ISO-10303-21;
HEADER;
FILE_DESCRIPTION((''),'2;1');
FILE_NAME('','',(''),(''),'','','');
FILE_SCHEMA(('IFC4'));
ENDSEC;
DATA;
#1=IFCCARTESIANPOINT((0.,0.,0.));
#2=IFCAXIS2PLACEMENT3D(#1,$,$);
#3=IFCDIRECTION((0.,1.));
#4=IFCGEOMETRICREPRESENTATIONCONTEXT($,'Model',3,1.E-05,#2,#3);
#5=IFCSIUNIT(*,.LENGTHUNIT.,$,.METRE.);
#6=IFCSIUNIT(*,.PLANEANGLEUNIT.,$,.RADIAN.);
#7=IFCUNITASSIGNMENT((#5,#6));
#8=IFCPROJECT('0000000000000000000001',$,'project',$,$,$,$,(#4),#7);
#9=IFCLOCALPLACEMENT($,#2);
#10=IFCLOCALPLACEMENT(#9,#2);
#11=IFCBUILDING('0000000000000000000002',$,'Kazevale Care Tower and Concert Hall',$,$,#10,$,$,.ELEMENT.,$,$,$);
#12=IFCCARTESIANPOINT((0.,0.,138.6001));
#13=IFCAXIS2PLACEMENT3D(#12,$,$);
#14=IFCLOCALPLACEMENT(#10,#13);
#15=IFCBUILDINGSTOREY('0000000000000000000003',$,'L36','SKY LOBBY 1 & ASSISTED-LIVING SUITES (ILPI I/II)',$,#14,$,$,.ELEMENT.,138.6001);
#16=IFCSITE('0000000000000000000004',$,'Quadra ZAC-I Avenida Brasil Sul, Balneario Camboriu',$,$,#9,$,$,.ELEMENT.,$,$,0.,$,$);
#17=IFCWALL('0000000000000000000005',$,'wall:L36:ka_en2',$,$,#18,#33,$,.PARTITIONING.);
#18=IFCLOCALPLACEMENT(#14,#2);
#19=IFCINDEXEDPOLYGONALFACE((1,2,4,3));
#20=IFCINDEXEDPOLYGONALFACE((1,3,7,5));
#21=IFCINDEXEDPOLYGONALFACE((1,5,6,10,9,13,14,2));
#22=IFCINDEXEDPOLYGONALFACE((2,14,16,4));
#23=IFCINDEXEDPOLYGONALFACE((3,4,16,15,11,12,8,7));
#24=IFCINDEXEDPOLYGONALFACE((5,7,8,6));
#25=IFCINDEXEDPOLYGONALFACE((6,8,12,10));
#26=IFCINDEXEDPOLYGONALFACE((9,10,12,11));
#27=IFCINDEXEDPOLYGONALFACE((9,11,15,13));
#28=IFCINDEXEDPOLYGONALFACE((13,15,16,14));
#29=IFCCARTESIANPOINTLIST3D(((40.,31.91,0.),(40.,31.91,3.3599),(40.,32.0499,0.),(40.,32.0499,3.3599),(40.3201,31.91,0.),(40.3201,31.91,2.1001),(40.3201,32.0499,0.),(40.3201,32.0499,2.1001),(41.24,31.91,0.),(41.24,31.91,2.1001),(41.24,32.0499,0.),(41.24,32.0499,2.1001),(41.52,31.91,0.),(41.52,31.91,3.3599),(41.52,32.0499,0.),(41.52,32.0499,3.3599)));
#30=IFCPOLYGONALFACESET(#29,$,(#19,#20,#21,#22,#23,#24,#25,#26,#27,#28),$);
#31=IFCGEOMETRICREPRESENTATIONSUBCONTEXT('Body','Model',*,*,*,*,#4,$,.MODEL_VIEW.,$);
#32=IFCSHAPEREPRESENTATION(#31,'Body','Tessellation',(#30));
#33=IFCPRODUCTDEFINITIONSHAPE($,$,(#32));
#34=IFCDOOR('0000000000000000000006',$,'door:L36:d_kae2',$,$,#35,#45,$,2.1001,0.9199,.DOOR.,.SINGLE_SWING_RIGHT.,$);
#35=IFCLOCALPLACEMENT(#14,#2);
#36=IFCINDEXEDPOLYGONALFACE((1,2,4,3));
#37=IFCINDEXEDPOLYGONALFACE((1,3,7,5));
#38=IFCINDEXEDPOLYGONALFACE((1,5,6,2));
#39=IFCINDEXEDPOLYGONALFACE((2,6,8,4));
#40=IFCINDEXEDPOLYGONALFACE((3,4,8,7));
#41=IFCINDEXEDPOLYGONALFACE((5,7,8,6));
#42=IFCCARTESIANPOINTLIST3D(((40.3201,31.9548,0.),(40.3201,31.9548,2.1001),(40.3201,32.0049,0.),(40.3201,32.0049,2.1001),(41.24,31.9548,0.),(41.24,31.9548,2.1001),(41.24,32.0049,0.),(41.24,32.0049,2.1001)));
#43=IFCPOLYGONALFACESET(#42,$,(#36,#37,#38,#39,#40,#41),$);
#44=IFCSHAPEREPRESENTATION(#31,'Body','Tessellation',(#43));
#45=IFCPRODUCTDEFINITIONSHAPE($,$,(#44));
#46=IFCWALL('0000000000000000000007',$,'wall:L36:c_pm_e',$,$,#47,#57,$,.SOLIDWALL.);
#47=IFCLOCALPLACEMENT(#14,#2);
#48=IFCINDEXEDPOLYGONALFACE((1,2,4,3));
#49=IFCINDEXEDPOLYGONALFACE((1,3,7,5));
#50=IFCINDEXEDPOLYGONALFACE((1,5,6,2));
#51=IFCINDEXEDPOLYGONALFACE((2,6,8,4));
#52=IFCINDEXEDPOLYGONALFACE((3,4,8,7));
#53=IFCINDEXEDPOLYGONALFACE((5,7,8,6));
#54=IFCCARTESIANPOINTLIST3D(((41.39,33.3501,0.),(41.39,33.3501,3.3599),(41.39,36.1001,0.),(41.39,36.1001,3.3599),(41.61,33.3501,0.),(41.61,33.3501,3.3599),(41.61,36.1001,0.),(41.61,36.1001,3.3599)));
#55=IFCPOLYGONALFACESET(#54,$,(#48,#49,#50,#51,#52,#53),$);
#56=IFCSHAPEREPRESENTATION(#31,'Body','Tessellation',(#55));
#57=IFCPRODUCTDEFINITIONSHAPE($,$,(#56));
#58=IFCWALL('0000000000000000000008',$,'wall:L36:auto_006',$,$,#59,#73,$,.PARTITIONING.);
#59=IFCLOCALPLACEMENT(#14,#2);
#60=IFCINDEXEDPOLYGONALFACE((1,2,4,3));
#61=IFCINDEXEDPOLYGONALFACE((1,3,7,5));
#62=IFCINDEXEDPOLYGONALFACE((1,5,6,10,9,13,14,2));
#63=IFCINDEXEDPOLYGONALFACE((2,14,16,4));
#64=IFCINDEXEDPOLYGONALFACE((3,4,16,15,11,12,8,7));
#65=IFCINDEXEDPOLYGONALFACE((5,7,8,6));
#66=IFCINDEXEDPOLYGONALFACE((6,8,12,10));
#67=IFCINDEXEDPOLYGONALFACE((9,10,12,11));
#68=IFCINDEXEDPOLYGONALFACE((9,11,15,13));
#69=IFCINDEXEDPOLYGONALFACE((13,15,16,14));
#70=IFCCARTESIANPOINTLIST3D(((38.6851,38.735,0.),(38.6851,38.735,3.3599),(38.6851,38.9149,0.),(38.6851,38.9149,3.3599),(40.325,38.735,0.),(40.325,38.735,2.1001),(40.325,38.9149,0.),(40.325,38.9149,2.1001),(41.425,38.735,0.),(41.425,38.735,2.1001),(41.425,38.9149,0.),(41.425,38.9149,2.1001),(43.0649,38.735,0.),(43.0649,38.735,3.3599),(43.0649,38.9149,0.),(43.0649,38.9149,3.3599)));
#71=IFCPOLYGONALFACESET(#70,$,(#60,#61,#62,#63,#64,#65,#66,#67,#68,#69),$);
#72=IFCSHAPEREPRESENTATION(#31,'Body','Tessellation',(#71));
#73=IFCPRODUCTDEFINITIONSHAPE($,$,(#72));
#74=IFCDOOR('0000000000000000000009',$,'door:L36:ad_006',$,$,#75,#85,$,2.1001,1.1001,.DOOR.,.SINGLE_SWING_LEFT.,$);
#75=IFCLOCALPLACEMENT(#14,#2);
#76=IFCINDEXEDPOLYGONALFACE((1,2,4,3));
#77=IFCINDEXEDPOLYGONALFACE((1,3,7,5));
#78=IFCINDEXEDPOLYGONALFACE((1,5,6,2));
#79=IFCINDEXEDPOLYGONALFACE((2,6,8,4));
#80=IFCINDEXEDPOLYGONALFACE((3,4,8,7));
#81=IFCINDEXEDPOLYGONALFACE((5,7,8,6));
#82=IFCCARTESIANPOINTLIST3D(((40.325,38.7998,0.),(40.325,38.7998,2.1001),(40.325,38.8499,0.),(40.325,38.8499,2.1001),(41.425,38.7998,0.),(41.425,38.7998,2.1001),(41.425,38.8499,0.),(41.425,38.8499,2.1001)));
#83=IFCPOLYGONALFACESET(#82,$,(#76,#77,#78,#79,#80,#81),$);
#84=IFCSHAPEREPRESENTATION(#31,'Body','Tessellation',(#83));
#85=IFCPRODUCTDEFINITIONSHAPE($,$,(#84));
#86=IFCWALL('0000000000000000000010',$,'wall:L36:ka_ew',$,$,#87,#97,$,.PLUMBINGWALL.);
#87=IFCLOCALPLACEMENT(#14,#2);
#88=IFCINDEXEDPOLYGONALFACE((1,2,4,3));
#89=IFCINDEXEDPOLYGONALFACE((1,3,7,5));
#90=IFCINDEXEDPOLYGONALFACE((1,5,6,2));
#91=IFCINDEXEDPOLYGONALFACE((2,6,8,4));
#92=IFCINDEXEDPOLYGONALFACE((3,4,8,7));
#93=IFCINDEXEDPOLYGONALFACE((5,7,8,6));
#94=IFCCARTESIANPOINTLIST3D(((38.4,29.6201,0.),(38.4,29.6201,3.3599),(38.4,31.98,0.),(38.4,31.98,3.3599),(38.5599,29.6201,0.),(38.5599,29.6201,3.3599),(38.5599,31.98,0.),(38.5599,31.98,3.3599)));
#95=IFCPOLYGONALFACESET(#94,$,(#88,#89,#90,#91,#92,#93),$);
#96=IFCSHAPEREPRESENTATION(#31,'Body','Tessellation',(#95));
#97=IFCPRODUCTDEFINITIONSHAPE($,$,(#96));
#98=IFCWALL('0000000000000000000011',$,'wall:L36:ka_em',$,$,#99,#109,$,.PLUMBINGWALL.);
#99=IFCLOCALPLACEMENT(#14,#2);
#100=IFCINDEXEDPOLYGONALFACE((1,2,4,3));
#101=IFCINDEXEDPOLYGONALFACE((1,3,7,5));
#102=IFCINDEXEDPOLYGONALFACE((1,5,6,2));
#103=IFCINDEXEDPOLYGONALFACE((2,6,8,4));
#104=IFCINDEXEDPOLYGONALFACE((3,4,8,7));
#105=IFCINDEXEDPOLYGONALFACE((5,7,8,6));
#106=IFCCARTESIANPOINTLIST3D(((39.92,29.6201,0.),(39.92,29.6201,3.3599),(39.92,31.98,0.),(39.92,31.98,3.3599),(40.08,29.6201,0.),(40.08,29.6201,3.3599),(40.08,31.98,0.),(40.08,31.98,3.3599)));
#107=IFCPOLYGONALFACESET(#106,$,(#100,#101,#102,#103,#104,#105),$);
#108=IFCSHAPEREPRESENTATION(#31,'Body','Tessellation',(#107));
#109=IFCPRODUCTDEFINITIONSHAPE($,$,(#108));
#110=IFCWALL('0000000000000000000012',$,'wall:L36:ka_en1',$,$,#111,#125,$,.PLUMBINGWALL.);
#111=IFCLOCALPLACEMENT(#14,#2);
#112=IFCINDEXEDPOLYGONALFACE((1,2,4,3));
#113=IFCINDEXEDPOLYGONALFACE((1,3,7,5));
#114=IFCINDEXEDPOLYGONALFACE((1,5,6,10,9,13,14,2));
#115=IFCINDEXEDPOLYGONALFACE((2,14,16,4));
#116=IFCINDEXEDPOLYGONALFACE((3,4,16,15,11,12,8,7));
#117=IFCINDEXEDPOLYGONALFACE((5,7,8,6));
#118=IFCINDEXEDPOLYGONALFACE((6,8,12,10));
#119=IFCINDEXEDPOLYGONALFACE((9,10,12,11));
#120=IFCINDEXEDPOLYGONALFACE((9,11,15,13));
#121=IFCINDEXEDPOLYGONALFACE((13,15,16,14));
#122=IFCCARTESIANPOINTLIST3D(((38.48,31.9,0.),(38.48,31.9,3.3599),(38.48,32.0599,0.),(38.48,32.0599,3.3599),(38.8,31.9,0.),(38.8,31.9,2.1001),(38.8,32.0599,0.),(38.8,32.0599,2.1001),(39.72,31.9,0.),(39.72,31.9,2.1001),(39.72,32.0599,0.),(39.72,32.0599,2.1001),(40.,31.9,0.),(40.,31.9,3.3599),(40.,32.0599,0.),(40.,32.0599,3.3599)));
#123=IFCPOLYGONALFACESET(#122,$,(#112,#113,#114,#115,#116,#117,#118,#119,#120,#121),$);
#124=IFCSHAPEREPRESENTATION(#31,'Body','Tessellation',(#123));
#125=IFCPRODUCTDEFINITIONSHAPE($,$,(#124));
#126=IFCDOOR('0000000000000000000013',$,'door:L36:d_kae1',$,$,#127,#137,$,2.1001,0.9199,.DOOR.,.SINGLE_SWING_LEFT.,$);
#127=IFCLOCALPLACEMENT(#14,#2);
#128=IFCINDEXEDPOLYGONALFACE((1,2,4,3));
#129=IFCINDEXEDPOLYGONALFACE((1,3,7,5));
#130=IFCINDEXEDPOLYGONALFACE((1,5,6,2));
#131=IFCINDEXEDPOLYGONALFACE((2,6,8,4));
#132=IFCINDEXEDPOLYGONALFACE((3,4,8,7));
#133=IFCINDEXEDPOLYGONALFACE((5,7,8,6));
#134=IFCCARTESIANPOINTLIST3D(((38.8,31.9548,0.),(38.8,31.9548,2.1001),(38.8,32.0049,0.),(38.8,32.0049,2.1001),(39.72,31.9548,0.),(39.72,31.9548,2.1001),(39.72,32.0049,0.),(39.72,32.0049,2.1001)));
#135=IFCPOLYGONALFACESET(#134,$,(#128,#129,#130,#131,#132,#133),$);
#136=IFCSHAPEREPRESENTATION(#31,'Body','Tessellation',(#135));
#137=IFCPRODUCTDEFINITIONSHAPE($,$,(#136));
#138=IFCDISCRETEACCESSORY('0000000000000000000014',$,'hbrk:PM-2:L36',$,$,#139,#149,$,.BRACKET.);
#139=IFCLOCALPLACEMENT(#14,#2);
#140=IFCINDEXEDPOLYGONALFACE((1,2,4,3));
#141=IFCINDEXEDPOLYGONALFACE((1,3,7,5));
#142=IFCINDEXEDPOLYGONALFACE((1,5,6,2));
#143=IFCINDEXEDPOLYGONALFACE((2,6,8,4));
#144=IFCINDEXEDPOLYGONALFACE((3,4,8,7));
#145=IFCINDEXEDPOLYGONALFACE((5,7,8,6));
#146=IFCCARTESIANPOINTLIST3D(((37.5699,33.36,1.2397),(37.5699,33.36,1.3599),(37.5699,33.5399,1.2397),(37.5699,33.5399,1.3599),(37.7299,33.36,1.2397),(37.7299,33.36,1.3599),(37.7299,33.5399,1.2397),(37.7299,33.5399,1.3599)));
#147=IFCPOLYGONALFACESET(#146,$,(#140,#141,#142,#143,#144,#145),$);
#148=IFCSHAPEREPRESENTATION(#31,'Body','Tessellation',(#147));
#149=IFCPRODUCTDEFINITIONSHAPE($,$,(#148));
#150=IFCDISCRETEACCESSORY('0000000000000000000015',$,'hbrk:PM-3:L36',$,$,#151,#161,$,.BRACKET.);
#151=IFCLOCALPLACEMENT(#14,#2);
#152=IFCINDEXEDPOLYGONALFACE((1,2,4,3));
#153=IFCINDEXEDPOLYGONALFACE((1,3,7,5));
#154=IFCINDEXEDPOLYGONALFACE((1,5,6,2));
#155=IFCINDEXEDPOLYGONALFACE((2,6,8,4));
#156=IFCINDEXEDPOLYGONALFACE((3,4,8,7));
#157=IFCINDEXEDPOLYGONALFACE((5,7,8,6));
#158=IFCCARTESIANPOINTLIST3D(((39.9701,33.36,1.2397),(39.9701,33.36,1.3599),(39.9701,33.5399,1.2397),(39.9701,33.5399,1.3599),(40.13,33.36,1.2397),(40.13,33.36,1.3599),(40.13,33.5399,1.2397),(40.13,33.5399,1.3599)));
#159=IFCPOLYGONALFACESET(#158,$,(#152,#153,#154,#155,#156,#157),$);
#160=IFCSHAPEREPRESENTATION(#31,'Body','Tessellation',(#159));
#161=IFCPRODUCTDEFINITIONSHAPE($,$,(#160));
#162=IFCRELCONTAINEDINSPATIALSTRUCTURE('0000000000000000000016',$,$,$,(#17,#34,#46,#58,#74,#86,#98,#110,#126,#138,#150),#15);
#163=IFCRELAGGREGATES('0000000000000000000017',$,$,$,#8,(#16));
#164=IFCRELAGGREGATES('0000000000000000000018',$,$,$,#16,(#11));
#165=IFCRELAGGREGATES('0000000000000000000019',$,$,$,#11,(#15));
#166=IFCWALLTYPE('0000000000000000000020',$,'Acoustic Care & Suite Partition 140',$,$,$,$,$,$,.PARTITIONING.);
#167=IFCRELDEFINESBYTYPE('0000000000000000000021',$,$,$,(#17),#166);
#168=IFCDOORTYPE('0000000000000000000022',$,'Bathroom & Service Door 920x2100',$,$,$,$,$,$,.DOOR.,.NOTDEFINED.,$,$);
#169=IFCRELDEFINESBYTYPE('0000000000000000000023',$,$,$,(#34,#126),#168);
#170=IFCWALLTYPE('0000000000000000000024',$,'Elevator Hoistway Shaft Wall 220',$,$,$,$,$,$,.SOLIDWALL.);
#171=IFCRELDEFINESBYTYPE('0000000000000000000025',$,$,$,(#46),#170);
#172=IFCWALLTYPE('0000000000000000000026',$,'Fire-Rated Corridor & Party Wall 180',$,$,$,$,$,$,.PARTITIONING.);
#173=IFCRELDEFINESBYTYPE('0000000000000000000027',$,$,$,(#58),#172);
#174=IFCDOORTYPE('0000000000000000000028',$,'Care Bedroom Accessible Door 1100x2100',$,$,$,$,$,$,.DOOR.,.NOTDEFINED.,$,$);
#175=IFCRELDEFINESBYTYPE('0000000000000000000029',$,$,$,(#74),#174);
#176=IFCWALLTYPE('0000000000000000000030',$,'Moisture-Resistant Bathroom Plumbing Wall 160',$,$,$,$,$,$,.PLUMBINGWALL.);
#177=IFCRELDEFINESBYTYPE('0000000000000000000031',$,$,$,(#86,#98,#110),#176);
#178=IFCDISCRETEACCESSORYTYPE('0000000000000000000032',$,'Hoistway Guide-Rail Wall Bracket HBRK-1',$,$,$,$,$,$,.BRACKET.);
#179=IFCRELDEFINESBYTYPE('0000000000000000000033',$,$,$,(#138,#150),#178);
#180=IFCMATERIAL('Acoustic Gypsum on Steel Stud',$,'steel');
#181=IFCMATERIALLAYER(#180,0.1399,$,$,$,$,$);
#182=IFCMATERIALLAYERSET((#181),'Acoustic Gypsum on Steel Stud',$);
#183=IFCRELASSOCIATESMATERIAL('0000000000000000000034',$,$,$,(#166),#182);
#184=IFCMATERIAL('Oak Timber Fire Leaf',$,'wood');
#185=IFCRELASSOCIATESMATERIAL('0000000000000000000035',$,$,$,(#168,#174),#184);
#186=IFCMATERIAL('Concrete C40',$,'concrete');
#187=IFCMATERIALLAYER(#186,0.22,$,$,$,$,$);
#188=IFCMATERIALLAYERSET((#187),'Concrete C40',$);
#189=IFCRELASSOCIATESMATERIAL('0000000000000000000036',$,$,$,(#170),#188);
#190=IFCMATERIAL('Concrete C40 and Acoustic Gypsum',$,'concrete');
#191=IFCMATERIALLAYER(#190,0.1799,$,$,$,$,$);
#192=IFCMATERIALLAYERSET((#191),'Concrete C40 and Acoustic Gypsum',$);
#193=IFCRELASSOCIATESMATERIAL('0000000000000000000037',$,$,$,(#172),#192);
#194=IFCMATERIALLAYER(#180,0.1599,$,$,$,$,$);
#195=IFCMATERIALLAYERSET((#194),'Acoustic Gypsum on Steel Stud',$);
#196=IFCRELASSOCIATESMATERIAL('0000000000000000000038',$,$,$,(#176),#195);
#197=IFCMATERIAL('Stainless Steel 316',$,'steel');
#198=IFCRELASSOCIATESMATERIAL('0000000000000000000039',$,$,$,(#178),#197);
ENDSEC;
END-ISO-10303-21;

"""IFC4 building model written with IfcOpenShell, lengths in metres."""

from ifc_helpers import new_model, si_unit, direction, frame, frame_2d, origin, origin_2d, place, context, subcontext, project, spatial, rectangle, extrude, material, layer, layer_set, type_object, element, fill, save


model = new_model("IFC4")

# Units and contexts
model_context = context("Model", 3, precision=1e-05, world=origin(), true_north=direction((0.0, 1.0)))
body_context = subcontext(model_context, "Body", "Model", "MODEL_VIEW")
ifc_project = project(units=[si_unit("LENGTHUNIT", "METRE"), si_unit("PLANEANGLEUNIT", "RADIAN")], contexts=[model_context])

# Site, building, storey
site_placement = place(None, origin())
site = spatial("IfcSite", under=ifc_project, at=site_placement, Name="Quadra ZAC-I Avenida Brasil Sul, Balneario Camboriu", CompositionType="ELEMENT", RefElevation=0.0)
building_placement = place(site_placement, origin())
building = spatial("IfcBuilding", under=site, at=building_placement, Name="Kazevale Care Tower and Concert Hall", CompositionType="ELEMENT")
storey_placement = place(building_placement, frame((0.0, 0.0, 138.6001)))
storey = spatial("IfcBuildingStorey", under=building, at=storey_placement, Name="L36", Description="SKY LOBBY 1 & ASSISTED-LIVING SUITES (ILPI I/II)", CompositionType="ELEMENT", Elevation=138.6001)

# Shared definitions
ifc_material_1 = material(Name="Acoustic Gypsum on Steel Stud", Category="steel")
ifc_layer_1 = layer(ifc_material_1, 0.1399)
ifc_layer_set_1 = layer_set([ifc_layer_1], Name="Acoustic Gypsum on Steel Stud")
wall_type_1 = type_object("IfcWallType", Name="Acoustic Care & Suite Partition 140", PredefinedType="PARTITIONING", material=ifc_layer_set_1)

# Wall, opening, door
wall_1_placement = place(storey_placement, frame((40.0, 31.98, 0.0), z_axis=(0.0, 0.0, 1.0), x_axis=(1.0, 0.0, 0.0)))
wall_1 = element("IfcWall", 1, at=wall_1_placement, inside=storey, type_object=wall_type_1, Name="wall:L36:ka_en2", PredefinedType="PARTITIONING", context=body_context, shape_type="SweptSolid", body=[
    extrude(rectangle(XDim=1.52, YDim=0.1399, at=frame_2d((0.76, 0.0))), origin(), (0.0, 0.0, 1.0), 3.3599),
])
opening_1_placement = place(wall_1_placement, frame((0.3201, 0.0, 0.0)))
opening_1 = element("IfcOpeningElement", 2, at=opening_1_placement, cuts=wall_1, PredefinedType="OPENING", context=body_context, shape_type="SweptSolid", body=[
    extrude(rectangle(XDim=0.9199, YDim=2.1001, at=frame_2d((0.46, 1.05))), frame((0.0, 0.0798, 0.0), z_axis=(0.0, -1.0, 0.0), x_axis=(1.0, 0.0, 0.0)), (0.0, 0.0, 1.0), 0.1599),
])
ifc_material_2 = material(Name="Oak Timber Fire Leaf", Category="wood")
door_type_1 = type_object("IfcDoorType", Name="Bathroom & Service Door 920x2100", OperationType="NOTDEFINED", PredefinedType="DOOR", material=ifc_material_2)
door_1_placement = place(opening_1_placement, origin())
door_1 = element("IfcDoor", 3, at=door_1_placement, inside=storey, type_object=door_type_1, Name="door:L36:d_kae2", OperationType="SINGLE_SWING_RIGHT", OverallHeight=2.1001, OverallWidth=0.9199, PredefinedType="DOOR", context=body_context, shape_type="SweptSolid", body=[
    extrude(rectangle(XDim=0.9199, YDim=2.1001, at=frame_2d((0.46, 1.05))), frame((0.0, 0.0249, 0.0), z_axis=(0.0, -1.0, 0.0), x_axis=(1.0, 0.0, 0.0)), (0.0, 0.0, 1.0), 0.05),
])
fill(opening_1, door_1)

# Wall
ifc_material_3 = material(Name="Concrete C40", Category="concrete")
ifc_layer_2 = layer(ifc_material_3, 0.22)
ifc_layer_set_2 = layer_set([ifc_layer_2], Name="Concrete C40")
wall_type_2 = type_object("IfcWallType", Name="Elevator Hoistway Shaft Wall 220", PredefinedType="SOLIDWALL", material=ifc_layer_set_2)
wall_2_placement = place(storey_placement, frame((41.5, 33.3501, 0.0), z_axis=(0.0, 0.0, 1.0), x_axis=(0.0, 1.0, 0.0)))
element("IfcWall", 4, at=wall_2_placement, inside=storey, type_object=wall_type_2, Name="wall:L36:c_pm_e", PredefinedType="SOLIDWALL", context=body_context, shape_type="SweptSolid", body=[
    extrude(rectangle(XDim=2.75, YDim=0.22, at=frame_2d((1.375, 0.0))), origin(), (0.0, 0.0, 1.0), 3.3599),
])

# Wall, opening, door
ifc_material_4 = material(Name="Concrete C40 and Acoustic Gypsum", Category="concrete")
ifc_layer_3 = layer(ifc_material_4, 0.1799)
ifc_layer_set_3 = layer_set([ifc_layer_3], Name="Concrete C40 and Acoustic Gypsum")
wall_type_3 = type_object("IfcWallType", Name="Fire-Rated Corridor & Party Wall 180", PredefinedType="PARTITIONING", material=ifc_layer_set_3)
wall_3_placement = place(storey_placement, frame((38.6851, 38.825, 0.0), z_axis=(0.0, 0.0, 1.0), x_axis=(1.0, 0.0, 0.0)))
wall_3 = element("IfcWall", 5, at=wall_3_placement, inside=storey, type_object=wall_type_3, Name="wall:L36:auto_006", PredefinedType="PARTITIONING", context=body_context, shape_type="SweptSolid", body=[
    extrude(rectangle(XDim=4.3799, YDim=0.1799, at=frame_2d((2.1899, 0.0))), origin(), (0.0, 0.0, 1.0), 3.3599),
])
opening_2_placement = place(wall_3_placement, frame((1.6399, 0.0, 0.0)))
opening_2 = element("IfcOpeningElement", 6, at=opening_2_placement, cuts=wall_3, PredefinedType="OPENING", context=body_context, shape_type="SweptSolid", body=[
    extrude(rectangle(XDim=1.1001, YDim=2.1001, at=frame_2d((0.55, 1.05))), frame((0.0, 0.0999, 0.0), z_axis=(0.0, -1.0, 0.0), x_axis=(1.0, 0.0, 0.0)), (0.0, 0.0, 1.0), 0.2),
])
door_type_2 = type_object("IfcDoorType", Name="Care Bedroom Accessible Door 1100x2100", OperationType="NOTDEFINED", PredefinedType="DOOR", material=ifc_material_2)
door_2_placement = place(opening_2_placement, origin())
door_2 = element("IfcDoor", 7, at=door_2_placement, inside=storey, type_object=door_type_2, Name="door:L36:ad_006", OperationType="SINGLE_SWING_LEFT", OverallHeight=2.1001, OverallWidth=1.1001, PredefinedType="DOOR", context=body_context, shape_type="SweptSolid", body=[
    extrude(rectangle(XDim=1.1001, YDim=2.1001, at=frame_2d((0.55, 1.05))), frame((0.0, 0.0249, 0.0), z_axis=(0.0, -1.0, 0.0), x_axis=(1.0, 0.0, 0.0)), (0.0, 0.0, 1.0), 0.05),
])
fill(opening_2, door_2)

# Walls
ifc_layer_4 = layer(ifc_material_1, 0.1599)
ifc_layer_set_4 = layer_set([ifc_layer_4], Name="Acoustic Gypsum on Steel Stud")
wall_type_4 = type_object("IfcWallType", Name="Moisture-Resistant Bathroom Plumbing Wall 160", PredefinedType="PLUMBINGWALL", material=ifc_layer_set_4)
for number, where, z_axis, x_axis, name in (
    (8, (38.48, 29.6201, 0.0), (0.0, 0.0, 1.0), (0.0, 1.0, 0.0), "wall:L36:ka_ew"),
    (9, (40.0, 29.6201, 0.0), (0.0, 0.0, 1.0), (0.0, 1.0, 0.0), "wall:L36:ka_em"),
):
    element("IfcWall", number, at=place(storey_placement, frame(where, z_axis=z_axis, x_axis=x_axis)), inside=storey, type_object=wall_type_4, Name=name, PredefinedType="PLUMBINGWALL", context=body_context, shape_type="SweptSolid", body=[
        extrude(rectangle(XDim=2.3599, YDim=0.1599, at=frame_2d((1.1799, 0.0))), origin(), (0.0, 0.0, 1.0), 3.3599),
    ])

# Wall, opening, door
wall_4_placement = place(storey_placement, frame((38.48, 31.98, 0.0), z_axis=(0.0, 0.0, 1.0), x_axis=(1.0, 0.0, 0.0)))
wall_4 = element("IfcWall", 10, at=wall_4_placement, inside=storey, type_object=wall_type_4, Name="wall:L36:ka_en1", PredefinedType="PLUMBINGWALL", context=body_context, shape_type="SweptSolid", body=[
    extrude(rectangle(XDim=1.52, YDim=0.1599, at=frame_2d((0.76, 0.0))), origin(), (0.0, 0.0, 1.0), 3.3599),
])
opening_3_placement = place(wall_4_placement, frame((0.3201, 0.0, 0.0)))
opening_3 = element("IfcOpeningElement", 11, at=opening_3_placement, cuts=wall_4, PredefinedType="OPENING", context=body_context, shape_type="SweptSolid", body=[
    extrude(rectangle(XDim=0.9199, YDim=2.1001, at=frame_2d((0.46, 1.05))), frame((0.0, 0.0898, 0.0), z_axis=(0.0, -1.0, 0.0), x_axis=(1.0, 0.0, 0.0)), (0.0, 0.0, 1.0), 0.1799),
])
door_3_placement = place(opening_3_placement, origin())
door_3 = element("IfcDoor", 12, at=door_3_placement, inside=storey, type_object=door_type_1, Name="door:L36:d_kae1", OperationType="SINGLE_SWING_LEFT", OverallHeight=2.1001, OverallWidth=0.9199, PredefinedType="DOOR", context=body_context, shape_type="SweptSolid", body=[
    extrude(rectangle(XDim=0.9199, YDim=2.1001, at=frame_2d((0.46, 1.05))), frame((0.0, 0.0249, 0.0), z_axis=(0.0, -1.0, 0.0), x_axis=(1.0, 0.0, 0.0)), (0.0, 0.0, 1.0), 0.05),
])
fill(opening_3, door_3)

# Discrete accessories
ifc_material_5 = material(Name="Stainless Steel 316", Category="steel")
discrete_accessory_type = type_object("IfcDiscreteAccessoryType", Name="Hoistway Guide-Rail Wall Bracket HBRK-1", PredefinedType="BRACKET", material=ifc_material_5)
for number, where, z_axis, x_axis, name in (
    (13, (37.6499, 33.45, 1.2397), (0.0, 0.0, 1.0), (1.0, 0.0, 0.0), "hbrk:PM-2:L36"),
    (14, (40.05, 33.45, 1.2397), (0.0, 0.0, 1.0), (1.0, 0.0, 0.0), "hbrk:PM-3:L36"),
):
    element("IfcDiscreteAccessory", number, at=place(storey_placement, frame(where, z_axis=z_axis, x_axis=x_axis)), inside=storey, type_object=discrete_accessory_type, Name=name, PredefinedType="BRACKET", context=body_context, shape_type="SweptSolid", body=[
        extrude(rectangle(XDim=0.1599, YDim=0.1799, at=origin_2d()), origin(), (0.0, 0.0, 1.0), 0.1201),
    ])

save(model, "model.ifc")
